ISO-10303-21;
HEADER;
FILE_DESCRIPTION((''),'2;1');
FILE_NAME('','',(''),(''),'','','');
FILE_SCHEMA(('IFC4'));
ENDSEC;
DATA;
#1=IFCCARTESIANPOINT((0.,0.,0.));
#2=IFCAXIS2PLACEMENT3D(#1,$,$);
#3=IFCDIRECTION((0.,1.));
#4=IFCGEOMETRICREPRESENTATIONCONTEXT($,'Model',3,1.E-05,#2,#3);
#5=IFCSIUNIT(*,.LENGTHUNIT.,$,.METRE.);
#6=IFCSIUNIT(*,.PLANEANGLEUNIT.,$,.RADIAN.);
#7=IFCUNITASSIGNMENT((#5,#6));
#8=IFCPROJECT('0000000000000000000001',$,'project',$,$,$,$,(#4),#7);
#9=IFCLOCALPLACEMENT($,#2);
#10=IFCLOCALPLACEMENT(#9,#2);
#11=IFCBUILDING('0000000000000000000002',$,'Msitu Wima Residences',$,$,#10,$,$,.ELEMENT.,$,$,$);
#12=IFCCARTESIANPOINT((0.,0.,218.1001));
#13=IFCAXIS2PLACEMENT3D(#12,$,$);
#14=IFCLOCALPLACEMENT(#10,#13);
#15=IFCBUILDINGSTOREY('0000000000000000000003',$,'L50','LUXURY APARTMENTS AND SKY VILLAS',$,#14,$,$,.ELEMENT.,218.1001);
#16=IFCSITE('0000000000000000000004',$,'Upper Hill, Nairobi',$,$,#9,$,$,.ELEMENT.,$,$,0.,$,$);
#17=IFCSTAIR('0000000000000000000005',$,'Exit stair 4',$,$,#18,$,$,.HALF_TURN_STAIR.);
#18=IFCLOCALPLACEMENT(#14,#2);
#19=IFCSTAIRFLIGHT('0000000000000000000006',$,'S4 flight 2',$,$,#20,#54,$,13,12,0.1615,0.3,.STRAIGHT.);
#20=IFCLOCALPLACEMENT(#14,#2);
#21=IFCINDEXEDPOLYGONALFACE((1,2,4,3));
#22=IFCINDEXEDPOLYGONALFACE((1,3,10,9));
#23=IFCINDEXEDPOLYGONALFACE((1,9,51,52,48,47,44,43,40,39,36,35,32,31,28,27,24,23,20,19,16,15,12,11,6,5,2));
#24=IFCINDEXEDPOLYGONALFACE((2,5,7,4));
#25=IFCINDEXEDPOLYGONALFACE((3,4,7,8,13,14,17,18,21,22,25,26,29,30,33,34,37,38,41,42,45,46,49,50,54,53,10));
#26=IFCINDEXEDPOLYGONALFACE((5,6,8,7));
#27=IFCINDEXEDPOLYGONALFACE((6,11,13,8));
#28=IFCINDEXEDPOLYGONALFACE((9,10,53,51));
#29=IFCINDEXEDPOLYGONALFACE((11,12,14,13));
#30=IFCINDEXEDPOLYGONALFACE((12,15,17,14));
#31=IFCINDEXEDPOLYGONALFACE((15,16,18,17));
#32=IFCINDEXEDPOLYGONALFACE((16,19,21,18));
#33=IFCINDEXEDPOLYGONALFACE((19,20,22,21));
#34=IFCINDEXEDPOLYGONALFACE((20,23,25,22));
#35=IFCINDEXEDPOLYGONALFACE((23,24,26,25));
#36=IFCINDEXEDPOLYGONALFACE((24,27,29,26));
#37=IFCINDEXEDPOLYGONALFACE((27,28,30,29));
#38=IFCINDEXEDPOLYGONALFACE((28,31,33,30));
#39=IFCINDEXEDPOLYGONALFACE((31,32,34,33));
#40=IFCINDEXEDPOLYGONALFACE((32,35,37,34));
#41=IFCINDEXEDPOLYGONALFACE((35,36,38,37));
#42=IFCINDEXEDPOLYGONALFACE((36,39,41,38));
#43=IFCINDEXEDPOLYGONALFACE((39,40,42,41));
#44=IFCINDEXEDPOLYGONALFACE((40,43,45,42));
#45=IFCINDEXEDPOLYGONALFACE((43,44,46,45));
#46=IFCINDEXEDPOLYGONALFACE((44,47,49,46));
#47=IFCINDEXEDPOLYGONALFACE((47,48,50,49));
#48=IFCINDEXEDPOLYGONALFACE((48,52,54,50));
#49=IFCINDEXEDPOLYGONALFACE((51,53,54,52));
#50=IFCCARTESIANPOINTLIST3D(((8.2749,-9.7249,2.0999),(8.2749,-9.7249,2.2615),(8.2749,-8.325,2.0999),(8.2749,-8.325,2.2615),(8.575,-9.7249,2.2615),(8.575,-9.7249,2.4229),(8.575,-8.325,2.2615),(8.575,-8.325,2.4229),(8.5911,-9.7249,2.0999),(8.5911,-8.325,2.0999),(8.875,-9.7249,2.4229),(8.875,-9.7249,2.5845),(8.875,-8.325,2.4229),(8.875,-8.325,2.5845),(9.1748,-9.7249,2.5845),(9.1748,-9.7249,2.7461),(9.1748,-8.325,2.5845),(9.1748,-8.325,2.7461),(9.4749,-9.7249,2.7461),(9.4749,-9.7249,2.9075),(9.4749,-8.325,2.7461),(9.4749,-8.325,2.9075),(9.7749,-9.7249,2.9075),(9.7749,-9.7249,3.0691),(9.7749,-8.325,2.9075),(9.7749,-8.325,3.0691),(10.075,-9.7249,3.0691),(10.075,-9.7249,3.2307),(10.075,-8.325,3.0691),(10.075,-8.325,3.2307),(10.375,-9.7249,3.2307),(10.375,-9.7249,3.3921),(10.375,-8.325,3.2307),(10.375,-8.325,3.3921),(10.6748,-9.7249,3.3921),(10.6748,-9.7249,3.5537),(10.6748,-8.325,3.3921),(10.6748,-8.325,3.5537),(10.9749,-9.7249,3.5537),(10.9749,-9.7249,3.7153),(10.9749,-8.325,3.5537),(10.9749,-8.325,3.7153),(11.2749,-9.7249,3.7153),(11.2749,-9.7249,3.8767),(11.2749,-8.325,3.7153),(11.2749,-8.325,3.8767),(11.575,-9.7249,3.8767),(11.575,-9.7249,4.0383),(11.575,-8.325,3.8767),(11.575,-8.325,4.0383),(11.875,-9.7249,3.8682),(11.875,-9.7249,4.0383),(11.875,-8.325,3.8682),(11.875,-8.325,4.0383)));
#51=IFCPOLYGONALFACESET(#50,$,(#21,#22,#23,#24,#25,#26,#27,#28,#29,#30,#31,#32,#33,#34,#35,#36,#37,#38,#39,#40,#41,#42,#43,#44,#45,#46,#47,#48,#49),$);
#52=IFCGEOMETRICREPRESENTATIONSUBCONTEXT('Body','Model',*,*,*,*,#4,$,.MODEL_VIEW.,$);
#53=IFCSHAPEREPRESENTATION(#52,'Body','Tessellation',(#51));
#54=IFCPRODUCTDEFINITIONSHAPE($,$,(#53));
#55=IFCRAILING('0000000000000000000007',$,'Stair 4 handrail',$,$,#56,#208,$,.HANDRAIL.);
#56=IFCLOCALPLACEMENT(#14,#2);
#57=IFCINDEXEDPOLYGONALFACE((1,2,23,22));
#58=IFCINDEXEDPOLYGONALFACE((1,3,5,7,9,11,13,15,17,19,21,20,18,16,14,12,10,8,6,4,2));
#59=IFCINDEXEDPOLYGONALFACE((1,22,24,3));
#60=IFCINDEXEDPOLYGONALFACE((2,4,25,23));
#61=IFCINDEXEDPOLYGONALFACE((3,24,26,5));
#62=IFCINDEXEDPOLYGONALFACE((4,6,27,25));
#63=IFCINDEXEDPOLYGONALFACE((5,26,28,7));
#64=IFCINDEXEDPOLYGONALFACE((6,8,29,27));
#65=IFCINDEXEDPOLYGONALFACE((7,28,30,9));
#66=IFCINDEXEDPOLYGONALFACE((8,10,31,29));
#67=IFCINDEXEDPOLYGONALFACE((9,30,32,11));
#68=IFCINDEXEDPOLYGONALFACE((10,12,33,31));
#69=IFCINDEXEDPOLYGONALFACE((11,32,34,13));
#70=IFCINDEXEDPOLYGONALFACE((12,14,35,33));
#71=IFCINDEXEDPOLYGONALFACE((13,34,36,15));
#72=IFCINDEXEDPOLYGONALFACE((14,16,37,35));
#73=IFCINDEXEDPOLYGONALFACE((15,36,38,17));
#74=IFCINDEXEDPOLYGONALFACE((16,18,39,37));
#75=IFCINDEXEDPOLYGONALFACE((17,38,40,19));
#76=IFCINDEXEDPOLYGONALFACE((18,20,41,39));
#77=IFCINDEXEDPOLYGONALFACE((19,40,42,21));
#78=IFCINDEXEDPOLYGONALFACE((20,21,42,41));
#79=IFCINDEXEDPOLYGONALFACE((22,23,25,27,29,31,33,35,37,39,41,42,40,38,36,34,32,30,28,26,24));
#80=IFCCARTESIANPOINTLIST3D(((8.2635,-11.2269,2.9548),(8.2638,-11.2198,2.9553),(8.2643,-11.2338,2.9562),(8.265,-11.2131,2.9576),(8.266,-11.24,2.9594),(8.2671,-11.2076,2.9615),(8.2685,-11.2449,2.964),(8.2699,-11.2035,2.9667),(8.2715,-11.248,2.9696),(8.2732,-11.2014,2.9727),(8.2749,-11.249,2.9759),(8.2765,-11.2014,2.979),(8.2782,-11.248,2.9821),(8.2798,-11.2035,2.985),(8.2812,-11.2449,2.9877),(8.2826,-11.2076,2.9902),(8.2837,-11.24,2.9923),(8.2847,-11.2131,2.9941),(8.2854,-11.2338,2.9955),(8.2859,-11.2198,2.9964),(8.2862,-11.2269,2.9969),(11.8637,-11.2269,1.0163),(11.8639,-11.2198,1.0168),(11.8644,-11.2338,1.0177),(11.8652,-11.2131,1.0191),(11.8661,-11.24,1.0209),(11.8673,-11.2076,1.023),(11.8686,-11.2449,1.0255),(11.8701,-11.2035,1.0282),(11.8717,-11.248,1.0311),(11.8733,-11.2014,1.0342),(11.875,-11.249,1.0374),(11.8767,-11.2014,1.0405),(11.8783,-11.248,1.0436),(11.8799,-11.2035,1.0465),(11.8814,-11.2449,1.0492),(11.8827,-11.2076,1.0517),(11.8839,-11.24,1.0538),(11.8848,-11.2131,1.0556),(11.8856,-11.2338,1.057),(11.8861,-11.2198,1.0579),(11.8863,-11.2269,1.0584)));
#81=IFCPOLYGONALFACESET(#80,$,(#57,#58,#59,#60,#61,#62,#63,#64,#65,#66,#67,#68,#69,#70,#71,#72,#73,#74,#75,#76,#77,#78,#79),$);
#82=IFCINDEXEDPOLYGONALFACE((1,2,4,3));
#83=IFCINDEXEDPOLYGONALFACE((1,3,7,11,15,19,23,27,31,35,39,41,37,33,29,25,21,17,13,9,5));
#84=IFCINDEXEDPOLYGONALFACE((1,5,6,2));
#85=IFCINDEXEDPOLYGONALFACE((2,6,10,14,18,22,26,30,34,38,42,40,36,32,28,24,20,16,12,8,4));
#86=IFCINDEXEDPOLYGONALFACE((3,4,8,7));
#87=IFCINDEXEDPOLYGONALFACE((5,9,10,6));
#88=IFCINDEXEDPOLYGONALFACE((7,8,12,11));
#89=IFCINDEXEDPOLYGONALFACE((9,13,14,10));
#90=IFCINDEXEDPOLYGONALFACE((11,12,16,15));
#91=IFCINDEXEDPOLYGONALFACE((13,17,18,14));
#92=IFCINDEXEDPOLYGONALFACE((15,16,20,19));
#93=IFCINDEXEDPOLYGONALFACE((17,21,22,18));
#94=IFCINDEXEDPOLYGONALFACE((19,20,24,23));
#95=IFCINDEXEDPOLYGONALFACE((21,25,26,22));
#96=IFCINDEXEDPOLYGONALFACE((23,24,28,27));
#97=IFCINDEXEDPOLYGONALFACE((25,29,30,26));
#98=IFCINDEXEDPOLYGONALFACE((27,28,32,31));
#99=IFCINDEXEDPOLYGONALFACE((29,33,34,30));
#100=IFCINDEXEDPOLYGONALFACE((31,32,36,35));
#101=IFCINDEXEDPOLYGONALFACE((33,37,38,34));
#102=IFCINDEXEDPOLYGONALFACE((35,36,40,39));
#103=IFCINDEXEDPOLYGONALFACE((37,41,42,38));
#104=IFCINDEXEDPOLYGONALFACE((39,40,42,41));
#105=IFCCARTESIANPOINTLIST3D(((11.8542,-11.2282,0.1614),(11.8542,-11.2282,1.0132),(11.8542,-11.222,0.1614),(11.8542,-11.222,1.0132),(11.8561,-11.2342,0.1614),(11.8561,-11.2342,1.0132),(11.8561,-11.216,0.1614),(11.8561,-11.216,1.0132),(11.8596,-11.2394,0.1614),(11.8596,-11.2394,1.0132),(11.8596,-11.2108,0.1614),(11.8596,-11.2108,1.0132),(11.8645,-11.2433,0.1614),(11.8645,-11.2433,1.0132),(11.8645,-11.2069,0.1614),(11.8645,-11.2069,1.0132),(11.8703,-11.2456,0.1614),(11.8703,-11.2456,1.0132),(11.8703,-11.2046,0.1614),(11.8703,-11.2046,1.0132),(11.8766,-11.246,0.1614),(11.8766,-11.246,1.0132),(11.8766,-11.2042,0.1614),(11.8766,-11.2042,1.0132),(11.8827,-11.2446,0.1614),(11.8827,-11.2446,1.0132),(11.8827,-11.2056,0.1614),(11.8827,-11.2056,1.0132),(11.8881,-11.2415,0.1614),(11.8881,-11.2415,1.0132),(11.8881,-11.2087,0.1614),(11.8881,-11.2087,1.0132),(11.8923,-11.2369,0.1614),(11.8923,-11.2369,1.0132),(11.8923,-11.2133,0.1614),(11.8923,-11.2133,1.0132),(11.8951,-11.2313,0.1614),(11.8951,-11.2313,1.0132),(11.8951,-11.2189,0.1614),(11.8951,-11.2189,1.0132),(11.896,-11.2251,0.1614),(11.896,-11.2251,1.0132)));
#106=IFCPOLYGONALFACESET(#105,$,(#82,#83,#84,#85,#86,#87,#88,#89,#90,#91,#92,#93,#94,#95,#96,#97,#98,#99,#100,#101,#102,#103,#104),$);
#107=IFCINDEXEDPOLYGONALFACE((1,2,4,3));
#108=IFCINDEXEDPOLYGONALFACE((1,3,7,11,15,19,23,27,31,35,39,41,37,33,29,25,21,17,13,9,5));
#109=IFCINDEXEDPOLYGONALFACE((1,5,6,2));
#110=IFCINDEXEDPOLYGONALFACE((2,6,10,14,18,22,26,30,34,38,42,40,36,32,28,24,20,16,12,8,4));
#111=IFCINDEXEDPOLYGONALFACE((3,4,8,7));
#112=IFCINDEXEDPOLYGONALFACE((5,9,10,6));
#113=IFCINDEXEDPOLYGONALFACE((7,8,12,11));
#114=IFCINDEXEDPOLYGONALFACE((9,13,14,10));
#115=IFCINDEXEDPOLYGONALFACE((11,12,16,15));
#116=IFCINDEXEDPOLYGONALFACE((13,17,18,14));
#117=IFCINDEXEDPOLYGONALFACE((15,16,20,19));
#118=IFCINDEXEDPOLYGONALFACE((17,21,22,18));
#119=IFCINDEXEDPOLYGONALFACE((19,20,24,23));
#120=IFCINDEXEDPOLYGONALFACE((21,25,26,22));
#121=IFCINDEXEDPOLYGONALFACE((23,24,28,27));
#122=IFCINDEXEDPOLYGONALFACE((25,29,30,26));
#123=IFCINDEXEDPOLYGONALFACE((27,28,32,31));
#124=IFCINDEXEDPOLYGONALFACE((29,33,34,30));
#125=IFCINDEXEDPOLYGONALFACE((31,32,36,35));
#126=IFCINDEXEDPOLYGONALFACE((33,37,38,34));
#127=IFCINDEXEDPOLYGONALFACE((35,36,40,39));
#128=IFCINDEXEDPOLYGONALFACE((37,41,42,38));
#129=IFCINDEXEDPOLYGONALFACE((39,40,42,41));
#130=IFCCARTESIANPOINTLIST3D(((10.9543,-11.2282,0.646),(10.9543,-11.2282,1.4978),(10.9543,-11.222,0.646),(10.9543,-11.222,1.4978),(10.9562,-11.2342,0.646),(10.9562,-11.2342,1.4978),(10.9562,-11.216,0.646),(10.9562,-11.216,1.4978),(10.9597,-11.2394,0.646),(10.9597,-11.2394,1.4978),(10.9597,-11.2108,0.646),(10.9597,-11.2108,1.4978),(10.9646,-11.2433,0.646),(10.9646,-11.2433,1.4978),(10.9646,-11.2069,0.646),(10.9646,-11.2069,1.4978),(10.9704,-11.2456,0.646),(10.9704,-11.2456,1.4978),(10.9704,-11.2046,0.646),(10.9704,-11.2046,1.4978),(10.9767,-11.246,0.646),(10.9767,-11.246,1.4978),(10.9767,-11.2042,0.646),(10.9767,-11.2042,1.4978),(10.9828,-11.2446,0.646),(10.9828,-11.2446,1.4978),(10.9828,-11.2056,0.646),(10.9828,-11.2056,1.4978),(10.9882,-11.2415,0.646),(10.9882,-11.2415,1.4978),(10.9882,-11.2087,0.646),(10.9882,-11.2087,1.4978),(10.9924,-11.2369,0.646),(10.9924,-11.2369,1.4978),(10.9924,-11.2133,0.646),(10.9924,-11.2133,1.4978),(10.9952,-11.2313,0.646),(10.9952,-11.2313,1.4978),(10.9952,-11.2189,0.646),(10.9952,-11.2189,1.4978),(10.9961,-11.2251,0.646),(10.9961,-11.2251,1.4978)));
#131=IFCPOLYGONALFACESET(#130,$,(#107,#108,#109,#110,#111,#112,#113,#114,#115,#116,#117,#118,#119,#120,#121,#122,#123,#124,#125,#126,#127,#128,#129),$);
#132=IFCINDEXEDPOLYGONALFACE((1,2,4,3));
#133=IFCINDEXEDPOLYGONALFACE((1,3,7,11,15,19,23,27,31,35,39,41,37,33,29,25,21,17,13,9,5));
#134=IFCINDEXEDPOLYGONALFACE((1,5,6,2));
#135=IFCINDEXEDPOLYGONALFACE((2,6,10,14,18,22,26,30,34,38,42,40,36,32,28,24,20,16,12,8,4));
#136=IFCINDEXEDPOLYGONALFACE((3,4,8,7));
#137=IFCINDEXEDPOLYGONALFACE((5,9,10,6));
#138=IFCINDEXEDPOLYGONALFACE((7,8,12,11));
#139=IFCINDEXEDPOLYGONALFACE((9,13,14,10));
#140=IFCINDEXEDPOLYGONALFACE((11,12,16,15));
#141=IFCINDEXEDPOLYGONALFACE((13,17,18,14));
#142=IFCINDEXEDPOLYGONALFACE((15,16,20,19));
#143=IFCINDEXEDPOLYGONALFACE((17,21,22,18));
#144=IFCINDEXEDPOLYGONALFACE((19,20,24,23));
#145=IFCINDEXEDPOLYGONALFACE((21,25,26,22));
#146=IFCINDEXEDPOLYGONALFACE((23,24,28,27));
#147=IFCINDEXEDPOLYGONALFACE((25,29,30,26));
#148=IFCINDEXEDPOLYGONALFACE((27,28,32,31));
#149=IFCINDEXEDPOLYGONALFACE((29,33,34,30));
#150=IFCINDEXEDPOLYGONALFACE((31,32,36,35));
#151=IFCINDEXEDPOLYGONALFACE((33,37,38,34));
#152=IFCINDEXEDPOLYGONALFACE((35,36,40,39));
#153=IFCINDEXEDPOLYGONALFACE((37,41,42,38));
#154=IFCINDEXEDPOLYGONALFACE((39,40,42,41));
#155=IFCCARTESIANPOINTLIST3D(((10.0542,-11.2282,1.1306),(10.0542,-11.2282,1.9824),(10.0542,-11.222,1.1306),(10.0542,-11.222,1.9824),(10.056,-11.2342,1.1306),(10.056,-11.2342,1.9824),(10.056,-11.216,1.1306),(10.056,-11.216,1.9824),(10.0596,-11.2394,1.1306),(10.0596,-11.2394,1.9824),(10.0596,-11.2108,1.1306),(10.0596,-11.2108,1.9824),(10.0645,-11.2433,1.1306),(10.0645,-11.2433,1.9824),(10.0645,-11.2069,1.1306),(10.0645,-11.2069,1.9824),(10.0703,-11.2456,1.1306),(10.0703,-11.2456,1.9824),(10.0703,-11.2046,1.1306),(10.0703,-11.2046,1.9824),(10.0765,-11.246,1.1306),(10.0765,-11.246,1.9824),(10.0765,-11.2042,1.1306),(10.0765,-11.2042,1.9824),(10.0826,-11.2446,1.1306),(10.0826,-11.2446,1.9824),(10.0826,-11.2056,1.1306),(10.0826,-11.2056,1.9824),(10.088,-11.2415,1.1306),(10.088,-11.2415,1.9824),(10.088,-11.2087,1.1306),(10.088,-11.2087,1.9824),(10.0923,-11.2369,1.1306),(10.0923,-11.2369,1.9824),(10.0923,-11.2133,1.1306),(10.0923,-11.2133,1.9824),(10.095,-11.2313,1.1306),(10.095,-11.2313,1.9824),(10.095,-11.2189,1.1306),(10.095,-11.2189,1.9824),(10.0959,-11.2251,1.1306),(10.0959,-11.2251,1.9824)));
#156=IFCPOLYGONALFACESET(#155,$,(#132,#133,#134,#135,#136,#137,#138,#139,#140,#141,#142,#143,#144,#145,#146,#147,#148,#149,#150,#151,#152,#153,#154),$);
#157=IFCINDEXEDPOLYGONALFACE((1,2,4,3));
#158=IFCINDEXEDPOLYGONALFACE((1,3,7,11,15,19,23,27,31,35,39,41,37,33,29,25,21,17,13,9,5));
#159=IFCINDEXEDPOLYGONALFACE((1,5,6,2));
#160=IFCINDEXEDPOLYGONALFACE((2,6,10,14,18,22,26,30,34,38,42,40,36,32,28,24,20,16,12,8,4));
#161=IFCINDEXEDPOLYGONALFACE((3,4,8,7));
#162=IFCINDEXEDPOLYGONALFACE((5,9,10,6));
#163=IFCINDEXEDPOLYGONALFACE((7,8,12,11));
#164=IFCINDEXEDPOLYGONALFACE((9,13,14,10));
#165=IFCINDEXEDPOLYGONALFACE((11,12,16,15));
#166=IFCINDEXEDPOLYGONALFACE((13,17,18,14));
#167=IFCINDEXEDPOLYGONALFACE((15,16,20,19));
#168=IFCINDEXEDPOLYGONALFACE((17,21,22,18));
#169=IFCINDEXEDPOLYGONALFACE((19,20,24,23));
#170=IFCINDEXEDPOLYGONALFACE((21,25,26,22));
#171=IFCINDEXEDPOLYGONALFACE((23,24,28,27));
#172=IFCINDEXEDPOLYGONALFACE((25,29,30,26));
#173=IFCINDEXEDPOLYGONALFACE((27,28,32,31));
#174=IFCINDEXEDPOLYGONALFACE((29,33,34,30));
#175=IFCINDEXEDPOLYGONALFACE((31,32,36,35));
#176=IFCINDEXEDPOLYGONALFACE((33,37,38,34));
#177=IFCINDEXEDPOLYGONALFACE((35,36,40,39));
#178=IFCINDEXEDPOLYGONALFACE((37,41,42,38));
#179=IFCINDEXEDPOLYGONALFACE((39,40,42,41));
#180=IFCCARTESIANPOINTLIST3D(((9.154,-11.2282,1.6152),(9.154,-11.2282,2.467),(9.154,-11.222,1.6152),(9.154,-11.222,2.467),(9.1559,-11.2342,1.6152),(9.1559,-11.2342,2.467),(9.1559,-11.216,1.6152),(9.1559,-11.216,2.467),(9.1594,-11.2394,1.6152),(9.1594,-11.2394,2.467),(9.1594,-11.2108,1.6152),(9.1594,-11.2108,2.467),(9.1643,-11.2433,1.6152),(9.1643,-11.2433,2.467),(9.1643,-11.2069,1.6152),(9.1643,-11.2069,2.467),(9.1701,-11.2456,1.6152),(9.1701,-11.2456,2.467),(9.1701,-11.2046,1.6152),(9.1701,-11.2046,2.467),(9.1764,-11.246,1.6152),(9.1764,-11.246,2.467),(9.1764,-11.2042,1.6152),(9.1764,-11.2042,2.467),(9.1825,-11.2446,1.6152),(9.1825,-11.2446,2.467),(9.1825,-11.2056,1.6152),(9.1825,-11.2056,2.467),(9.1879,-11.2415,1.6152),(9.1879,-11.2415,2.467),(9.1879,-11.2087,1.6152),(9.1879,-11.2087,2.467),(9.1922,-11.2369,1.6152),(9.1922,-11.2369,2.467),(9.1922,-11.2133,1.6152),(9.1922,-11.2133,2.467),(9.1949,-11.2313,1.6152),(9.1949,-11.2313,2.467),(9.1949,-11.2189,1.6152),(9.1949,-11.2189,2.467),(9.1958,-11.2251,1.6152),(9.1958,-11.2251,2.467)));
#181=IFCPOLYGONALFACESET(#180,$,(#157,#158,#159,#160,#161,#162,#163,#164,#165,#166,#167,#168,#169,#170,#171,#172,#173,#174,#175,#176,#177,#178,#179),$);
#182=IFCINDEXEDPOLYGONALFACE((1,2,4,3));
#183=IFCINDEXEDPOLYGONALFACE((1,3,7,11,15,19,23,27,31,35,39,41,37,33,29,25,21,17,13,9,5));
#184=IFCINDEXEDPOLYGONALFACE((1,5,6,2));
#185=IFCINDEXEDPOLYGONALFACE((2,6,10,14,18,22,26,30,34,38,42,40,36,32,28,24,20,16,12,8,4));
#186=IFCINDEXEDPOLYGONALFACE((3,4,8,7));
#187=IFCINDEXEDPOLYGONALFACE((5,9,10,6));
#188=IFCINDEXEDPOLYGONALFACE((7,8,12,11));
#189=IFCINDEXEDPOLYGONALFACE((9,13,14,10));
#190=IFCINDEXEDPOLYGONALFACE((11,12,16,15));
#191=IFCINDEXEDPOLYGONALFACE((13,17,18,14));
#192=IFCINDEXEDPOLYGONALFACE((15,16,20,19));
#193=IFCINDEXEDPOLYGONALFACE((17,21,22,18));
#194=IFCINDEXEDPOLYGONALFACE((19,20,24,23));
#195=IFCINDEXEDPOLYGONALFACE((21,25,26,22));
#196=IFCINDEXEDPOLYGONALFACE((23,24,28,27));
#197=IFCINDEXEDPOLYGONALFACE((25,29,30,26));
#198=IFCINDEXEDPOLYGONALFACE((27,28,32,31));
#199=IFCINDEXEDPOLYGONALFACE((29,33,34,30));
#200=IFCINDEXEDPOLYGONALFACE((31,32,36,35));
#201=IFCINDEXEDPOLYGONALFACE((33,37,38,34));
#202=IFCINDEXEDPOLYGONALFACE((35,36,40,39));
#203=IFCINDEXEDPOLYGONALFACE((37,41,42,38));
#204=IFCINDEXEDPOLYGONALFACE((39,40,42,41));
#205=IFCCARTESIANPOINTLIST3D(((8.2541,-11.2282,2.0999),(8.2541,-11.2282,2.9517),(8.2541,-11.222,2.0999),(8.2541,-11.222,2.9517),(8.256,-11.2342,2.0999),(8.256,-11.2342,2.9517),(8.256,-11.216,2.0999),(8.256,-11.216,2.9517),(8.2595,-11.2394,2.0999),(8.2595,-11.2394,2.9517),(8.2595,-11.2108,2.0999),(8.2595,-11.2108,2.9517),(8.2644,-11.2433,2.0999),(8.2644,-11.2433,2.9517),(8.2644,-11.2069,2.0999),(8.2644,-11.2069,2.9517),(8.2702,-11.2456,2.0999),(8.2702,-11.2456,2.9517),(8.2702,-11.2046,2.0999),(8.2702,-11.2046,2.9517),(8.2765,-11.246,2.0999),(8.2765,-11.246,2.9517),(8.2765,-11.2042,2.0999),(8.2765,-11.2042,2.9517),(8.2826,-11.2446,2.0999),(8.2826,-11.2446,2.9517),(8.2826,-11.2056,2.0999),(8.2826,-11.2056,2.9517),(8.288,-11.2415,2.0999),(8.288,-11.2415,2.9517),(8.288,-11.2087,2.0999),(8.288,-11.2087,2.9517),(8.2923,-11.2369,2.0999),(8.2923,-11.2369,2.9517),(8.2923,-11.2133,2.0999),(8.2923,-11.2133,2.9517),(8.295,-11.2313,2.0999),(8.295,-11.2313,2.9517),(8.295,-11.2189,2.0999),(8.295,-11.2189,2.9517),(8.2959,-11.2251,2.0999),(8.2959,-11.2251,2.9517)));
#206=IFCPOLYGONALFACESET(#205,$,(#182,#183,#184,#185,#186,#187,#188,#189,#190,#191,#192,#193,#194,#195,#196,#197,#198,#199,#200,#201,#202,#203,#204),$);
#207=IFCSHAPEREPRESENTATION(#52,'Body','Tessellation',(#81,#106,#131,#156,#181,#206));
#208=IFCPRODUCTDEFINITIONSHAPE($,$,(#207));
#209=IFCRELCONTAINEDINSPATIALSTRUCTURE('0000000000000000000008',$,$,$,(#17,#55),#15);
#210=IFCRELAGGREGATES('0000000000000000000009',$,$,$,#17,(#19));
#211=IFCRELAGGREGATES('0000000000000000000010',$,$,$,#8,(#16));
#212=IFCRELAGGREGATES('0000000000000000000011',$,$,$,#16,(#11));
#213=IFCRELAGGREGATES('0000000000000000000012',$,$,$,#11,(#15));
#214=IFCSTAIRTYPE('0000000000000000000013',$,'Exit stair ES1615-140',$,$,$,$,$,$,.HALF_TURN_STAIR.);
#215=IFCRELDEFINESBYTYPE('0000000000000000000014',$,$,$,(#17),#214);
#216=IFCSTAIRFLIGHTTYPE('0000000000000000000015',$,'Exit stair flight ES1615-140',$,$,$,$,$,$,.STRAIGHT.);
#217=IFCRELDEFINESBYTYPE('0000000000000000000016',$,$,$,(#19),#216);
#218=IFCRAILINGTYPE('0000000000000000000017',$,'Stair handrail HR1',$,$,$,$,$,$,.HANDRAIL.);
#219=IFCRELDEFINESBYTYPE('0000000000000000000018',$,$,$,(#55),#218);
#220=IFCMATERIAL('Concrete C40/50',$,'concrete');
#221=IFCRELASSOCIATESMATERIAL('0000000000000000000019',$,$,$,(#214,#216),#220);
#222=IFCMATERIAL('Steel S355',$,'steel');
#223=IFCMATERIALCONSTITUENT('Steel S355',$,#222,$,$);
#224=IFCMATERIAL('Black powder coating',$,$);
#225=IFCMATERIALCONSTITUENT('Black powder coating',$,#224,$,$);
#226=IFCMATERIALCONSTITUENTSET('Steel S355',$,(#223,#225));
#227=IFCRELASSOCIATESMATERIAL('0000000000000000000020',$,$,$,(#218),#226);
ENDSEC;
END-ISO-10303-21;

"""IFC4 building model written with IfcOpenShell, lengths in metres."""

from ifc_helpers import new_model, si_unit, direction, frame, origin, origin_2d, place, context, subcontext, project, spatial, polyline, circle, outline, extrude, material, constituent, constituent_set, type_object, element, aggregate, save


model = new_model("IFC4")

# Units and contexts
model_context = context("Model", 3, precision=1e-05, world=origin(), true_north=direction((0.0, 1.0)))
body_context = subcontext(model_context, "Body", "Model", "MODEL_VIEW")
ifc_project = project(units=[si_unit("LENGTHUNIT", "METRE"), si_unit("PLANEANGLEUNIT", "RADIAN")], contexts=[model_context])

# Site, building, storey
site_placement = place(None, origin())
site = spatial("IfcSite", under=ifc_project, at=site_placement, Name="Upper Hill, Nairobi", CompositionType="ELEMENT", RefElevation=0.0)
building_placement = place(site_placement, origin())
building = spatial("IfcBuilding", under=site, at=building_placement, Name="Msitu Wima Residences", CompositionType="ELEMENT")
storey_placement = place(building_placement, frame((0.0, 0.0, 218.1001)))
storey = spatial("IfcBuildingStorey", under=building, at=storey_placement, Name="L50", Description="LUXURY APARTMENTS AND SKY VILLAS", CompositionType="ELEMENT", Elevation=218.1001)

# Shared definitions
ifc_material_1 = material(Name="Concrete C40/50", Category="concrete")

# Stair, stair flight
stair_type = type_object("IfcStairType", Name="Exit stair ES1615-140", PredefinedType="HALF_TURN_STAIR", material=ifc_material_1)
stair_placement = place(storey_placement, origin())
stair = element("IfcStair", 1, at=stair_placement, inside=storey, type_object=stair_type, Name="Exit stair 4", PredefinedType="HALF_TURN_STAIR")
stair_flight_type = type_object("IfcStairFlightType", Name="Exit stair flight ES1615-140", PredefinedType="STRAIGHT", material=ifc_material_1)
stair_flight_1_placement = place(storey_placement, frame((8.2749, -9.0249, 2.0999), z_axis=(0.0, 0.0, 1.0), x_axis=(1.0, 0.0, 0.0)))
stair_flight_1 = element("IfcStairFlight", 2, at=stair_flight_1_placement, type_object=stair_flight_type, Name="S4 flight 2", NumberOfRisers=13, NumberOfTreads=12, PredefinedType="STRAIGHT", RiserHeight=0.1615, TreadLength=0.3, context=body_context, shape_type="SweptSolid", body=[
    extrude(outline(polyline([(0.0, 0.0), (0.0, 0.1616), (0.3, 0.1616), (0.3, 0.323), (0.6001, 0.323), (0.6001, 0.4846), (0.8999, 0.4846), (0.8999, 0.6462), (1.2, 0.6462), (1.2, 0.8076), (1.5, 0.8076), (1.5, 0.9692), (1.8, 0.9692), (1.8, 1.1309), (2.1001, 1.1309), (2.1001, 1.2922), (2.3999, 1.2922), (2.3999, 1.4539), (2.7, 1.4539), (2.7, 1.6155), (3.0, 1.6155), (3.0, 1.7769), (3.3, 1.7769), (3.3, 1.9385), (3.6001, 1.9385), (3.6001, 2.1001), (3.6001, 1.7683), (0.3162, 0.0), (0.0, 0.0)])), frame((0.0, 0.7, 0.0), z_axis=(0.0, -1.0, 0.0), x_axis=(1.0, 0.0, 0.0)), (0.0, 0.0, 1.0), 1.3999),
])
aggregate(stair, [stair_flight_1])

# Railing
ifc_material_2 = material(Name="Steel S355", Category="steel")
ifc_constituent_1 = constituent(ifc_material_2, Name="Steel S355")
ifc_material_3 = material(Name="Black powder coating")
ifc_constituent_2 = constituent(ifc_material_3, Name="Black powder coating")
ifc_constituent_set = constituent_set(constituents=[ifc_constituent_1, ifc_constituent_2], Name="Steel S355")
railing_type = type_object("IfcRailingType", Name="Stair handrail HR1", PredefinedType="HANDRAIL", material=ifc_constituent_set)
for number, where, name in (
    (3, (11.875, -11.2251, 0.1614), "Stair 4 handrail"),
):
    element("IfcRailing", number, at=place(storey_placement, frame(where)), inside=storey, type_object=railing_type, Name=name, PredefinedType="HANDRAIL", context=body_context, shape_type="SweptSolid", body=[
        extrude(circle(Radius=0.0239, at=origin_2d()), frame((0.0, 0.0, 0.876), z_axis=(-0.880475, 0.0, 0.474093), x_axis=(0.0, -1.0, 0.0)), (0.0, 0.0, 1.0), 4.0889),
        extrude(circle(Radius=0.021, at=origin_2d()), origin(), (0.0, 0.0, 1.0), 0.8518),
        extrude(circle(Radius=0.021, at=origin_2d()), frame((-0.8999, 0.0, 0.4846)), (0.0, 0.0, 1.0), 0.8518),
        extrude(circle(Radius=0.021, at=origin_2d()), frame((-1.8, 0.0, 0.9692)), (0.0, 0.0, 1.0), 0.8518),
        extrude(circle(Radius=0.021, at=origin_2d()), frame((-2.7002, 0.0, 1.4539)), (0.0, 0.0, 1.0), 0.8518),
        extrude(circle(Radius=0.021, at=origin_2d()), frame((-3.6001, 0.0, 1.9385)), (0.0, 0.0, 1.0), 0.8518),
    ])

save(model, "model.ifc")
